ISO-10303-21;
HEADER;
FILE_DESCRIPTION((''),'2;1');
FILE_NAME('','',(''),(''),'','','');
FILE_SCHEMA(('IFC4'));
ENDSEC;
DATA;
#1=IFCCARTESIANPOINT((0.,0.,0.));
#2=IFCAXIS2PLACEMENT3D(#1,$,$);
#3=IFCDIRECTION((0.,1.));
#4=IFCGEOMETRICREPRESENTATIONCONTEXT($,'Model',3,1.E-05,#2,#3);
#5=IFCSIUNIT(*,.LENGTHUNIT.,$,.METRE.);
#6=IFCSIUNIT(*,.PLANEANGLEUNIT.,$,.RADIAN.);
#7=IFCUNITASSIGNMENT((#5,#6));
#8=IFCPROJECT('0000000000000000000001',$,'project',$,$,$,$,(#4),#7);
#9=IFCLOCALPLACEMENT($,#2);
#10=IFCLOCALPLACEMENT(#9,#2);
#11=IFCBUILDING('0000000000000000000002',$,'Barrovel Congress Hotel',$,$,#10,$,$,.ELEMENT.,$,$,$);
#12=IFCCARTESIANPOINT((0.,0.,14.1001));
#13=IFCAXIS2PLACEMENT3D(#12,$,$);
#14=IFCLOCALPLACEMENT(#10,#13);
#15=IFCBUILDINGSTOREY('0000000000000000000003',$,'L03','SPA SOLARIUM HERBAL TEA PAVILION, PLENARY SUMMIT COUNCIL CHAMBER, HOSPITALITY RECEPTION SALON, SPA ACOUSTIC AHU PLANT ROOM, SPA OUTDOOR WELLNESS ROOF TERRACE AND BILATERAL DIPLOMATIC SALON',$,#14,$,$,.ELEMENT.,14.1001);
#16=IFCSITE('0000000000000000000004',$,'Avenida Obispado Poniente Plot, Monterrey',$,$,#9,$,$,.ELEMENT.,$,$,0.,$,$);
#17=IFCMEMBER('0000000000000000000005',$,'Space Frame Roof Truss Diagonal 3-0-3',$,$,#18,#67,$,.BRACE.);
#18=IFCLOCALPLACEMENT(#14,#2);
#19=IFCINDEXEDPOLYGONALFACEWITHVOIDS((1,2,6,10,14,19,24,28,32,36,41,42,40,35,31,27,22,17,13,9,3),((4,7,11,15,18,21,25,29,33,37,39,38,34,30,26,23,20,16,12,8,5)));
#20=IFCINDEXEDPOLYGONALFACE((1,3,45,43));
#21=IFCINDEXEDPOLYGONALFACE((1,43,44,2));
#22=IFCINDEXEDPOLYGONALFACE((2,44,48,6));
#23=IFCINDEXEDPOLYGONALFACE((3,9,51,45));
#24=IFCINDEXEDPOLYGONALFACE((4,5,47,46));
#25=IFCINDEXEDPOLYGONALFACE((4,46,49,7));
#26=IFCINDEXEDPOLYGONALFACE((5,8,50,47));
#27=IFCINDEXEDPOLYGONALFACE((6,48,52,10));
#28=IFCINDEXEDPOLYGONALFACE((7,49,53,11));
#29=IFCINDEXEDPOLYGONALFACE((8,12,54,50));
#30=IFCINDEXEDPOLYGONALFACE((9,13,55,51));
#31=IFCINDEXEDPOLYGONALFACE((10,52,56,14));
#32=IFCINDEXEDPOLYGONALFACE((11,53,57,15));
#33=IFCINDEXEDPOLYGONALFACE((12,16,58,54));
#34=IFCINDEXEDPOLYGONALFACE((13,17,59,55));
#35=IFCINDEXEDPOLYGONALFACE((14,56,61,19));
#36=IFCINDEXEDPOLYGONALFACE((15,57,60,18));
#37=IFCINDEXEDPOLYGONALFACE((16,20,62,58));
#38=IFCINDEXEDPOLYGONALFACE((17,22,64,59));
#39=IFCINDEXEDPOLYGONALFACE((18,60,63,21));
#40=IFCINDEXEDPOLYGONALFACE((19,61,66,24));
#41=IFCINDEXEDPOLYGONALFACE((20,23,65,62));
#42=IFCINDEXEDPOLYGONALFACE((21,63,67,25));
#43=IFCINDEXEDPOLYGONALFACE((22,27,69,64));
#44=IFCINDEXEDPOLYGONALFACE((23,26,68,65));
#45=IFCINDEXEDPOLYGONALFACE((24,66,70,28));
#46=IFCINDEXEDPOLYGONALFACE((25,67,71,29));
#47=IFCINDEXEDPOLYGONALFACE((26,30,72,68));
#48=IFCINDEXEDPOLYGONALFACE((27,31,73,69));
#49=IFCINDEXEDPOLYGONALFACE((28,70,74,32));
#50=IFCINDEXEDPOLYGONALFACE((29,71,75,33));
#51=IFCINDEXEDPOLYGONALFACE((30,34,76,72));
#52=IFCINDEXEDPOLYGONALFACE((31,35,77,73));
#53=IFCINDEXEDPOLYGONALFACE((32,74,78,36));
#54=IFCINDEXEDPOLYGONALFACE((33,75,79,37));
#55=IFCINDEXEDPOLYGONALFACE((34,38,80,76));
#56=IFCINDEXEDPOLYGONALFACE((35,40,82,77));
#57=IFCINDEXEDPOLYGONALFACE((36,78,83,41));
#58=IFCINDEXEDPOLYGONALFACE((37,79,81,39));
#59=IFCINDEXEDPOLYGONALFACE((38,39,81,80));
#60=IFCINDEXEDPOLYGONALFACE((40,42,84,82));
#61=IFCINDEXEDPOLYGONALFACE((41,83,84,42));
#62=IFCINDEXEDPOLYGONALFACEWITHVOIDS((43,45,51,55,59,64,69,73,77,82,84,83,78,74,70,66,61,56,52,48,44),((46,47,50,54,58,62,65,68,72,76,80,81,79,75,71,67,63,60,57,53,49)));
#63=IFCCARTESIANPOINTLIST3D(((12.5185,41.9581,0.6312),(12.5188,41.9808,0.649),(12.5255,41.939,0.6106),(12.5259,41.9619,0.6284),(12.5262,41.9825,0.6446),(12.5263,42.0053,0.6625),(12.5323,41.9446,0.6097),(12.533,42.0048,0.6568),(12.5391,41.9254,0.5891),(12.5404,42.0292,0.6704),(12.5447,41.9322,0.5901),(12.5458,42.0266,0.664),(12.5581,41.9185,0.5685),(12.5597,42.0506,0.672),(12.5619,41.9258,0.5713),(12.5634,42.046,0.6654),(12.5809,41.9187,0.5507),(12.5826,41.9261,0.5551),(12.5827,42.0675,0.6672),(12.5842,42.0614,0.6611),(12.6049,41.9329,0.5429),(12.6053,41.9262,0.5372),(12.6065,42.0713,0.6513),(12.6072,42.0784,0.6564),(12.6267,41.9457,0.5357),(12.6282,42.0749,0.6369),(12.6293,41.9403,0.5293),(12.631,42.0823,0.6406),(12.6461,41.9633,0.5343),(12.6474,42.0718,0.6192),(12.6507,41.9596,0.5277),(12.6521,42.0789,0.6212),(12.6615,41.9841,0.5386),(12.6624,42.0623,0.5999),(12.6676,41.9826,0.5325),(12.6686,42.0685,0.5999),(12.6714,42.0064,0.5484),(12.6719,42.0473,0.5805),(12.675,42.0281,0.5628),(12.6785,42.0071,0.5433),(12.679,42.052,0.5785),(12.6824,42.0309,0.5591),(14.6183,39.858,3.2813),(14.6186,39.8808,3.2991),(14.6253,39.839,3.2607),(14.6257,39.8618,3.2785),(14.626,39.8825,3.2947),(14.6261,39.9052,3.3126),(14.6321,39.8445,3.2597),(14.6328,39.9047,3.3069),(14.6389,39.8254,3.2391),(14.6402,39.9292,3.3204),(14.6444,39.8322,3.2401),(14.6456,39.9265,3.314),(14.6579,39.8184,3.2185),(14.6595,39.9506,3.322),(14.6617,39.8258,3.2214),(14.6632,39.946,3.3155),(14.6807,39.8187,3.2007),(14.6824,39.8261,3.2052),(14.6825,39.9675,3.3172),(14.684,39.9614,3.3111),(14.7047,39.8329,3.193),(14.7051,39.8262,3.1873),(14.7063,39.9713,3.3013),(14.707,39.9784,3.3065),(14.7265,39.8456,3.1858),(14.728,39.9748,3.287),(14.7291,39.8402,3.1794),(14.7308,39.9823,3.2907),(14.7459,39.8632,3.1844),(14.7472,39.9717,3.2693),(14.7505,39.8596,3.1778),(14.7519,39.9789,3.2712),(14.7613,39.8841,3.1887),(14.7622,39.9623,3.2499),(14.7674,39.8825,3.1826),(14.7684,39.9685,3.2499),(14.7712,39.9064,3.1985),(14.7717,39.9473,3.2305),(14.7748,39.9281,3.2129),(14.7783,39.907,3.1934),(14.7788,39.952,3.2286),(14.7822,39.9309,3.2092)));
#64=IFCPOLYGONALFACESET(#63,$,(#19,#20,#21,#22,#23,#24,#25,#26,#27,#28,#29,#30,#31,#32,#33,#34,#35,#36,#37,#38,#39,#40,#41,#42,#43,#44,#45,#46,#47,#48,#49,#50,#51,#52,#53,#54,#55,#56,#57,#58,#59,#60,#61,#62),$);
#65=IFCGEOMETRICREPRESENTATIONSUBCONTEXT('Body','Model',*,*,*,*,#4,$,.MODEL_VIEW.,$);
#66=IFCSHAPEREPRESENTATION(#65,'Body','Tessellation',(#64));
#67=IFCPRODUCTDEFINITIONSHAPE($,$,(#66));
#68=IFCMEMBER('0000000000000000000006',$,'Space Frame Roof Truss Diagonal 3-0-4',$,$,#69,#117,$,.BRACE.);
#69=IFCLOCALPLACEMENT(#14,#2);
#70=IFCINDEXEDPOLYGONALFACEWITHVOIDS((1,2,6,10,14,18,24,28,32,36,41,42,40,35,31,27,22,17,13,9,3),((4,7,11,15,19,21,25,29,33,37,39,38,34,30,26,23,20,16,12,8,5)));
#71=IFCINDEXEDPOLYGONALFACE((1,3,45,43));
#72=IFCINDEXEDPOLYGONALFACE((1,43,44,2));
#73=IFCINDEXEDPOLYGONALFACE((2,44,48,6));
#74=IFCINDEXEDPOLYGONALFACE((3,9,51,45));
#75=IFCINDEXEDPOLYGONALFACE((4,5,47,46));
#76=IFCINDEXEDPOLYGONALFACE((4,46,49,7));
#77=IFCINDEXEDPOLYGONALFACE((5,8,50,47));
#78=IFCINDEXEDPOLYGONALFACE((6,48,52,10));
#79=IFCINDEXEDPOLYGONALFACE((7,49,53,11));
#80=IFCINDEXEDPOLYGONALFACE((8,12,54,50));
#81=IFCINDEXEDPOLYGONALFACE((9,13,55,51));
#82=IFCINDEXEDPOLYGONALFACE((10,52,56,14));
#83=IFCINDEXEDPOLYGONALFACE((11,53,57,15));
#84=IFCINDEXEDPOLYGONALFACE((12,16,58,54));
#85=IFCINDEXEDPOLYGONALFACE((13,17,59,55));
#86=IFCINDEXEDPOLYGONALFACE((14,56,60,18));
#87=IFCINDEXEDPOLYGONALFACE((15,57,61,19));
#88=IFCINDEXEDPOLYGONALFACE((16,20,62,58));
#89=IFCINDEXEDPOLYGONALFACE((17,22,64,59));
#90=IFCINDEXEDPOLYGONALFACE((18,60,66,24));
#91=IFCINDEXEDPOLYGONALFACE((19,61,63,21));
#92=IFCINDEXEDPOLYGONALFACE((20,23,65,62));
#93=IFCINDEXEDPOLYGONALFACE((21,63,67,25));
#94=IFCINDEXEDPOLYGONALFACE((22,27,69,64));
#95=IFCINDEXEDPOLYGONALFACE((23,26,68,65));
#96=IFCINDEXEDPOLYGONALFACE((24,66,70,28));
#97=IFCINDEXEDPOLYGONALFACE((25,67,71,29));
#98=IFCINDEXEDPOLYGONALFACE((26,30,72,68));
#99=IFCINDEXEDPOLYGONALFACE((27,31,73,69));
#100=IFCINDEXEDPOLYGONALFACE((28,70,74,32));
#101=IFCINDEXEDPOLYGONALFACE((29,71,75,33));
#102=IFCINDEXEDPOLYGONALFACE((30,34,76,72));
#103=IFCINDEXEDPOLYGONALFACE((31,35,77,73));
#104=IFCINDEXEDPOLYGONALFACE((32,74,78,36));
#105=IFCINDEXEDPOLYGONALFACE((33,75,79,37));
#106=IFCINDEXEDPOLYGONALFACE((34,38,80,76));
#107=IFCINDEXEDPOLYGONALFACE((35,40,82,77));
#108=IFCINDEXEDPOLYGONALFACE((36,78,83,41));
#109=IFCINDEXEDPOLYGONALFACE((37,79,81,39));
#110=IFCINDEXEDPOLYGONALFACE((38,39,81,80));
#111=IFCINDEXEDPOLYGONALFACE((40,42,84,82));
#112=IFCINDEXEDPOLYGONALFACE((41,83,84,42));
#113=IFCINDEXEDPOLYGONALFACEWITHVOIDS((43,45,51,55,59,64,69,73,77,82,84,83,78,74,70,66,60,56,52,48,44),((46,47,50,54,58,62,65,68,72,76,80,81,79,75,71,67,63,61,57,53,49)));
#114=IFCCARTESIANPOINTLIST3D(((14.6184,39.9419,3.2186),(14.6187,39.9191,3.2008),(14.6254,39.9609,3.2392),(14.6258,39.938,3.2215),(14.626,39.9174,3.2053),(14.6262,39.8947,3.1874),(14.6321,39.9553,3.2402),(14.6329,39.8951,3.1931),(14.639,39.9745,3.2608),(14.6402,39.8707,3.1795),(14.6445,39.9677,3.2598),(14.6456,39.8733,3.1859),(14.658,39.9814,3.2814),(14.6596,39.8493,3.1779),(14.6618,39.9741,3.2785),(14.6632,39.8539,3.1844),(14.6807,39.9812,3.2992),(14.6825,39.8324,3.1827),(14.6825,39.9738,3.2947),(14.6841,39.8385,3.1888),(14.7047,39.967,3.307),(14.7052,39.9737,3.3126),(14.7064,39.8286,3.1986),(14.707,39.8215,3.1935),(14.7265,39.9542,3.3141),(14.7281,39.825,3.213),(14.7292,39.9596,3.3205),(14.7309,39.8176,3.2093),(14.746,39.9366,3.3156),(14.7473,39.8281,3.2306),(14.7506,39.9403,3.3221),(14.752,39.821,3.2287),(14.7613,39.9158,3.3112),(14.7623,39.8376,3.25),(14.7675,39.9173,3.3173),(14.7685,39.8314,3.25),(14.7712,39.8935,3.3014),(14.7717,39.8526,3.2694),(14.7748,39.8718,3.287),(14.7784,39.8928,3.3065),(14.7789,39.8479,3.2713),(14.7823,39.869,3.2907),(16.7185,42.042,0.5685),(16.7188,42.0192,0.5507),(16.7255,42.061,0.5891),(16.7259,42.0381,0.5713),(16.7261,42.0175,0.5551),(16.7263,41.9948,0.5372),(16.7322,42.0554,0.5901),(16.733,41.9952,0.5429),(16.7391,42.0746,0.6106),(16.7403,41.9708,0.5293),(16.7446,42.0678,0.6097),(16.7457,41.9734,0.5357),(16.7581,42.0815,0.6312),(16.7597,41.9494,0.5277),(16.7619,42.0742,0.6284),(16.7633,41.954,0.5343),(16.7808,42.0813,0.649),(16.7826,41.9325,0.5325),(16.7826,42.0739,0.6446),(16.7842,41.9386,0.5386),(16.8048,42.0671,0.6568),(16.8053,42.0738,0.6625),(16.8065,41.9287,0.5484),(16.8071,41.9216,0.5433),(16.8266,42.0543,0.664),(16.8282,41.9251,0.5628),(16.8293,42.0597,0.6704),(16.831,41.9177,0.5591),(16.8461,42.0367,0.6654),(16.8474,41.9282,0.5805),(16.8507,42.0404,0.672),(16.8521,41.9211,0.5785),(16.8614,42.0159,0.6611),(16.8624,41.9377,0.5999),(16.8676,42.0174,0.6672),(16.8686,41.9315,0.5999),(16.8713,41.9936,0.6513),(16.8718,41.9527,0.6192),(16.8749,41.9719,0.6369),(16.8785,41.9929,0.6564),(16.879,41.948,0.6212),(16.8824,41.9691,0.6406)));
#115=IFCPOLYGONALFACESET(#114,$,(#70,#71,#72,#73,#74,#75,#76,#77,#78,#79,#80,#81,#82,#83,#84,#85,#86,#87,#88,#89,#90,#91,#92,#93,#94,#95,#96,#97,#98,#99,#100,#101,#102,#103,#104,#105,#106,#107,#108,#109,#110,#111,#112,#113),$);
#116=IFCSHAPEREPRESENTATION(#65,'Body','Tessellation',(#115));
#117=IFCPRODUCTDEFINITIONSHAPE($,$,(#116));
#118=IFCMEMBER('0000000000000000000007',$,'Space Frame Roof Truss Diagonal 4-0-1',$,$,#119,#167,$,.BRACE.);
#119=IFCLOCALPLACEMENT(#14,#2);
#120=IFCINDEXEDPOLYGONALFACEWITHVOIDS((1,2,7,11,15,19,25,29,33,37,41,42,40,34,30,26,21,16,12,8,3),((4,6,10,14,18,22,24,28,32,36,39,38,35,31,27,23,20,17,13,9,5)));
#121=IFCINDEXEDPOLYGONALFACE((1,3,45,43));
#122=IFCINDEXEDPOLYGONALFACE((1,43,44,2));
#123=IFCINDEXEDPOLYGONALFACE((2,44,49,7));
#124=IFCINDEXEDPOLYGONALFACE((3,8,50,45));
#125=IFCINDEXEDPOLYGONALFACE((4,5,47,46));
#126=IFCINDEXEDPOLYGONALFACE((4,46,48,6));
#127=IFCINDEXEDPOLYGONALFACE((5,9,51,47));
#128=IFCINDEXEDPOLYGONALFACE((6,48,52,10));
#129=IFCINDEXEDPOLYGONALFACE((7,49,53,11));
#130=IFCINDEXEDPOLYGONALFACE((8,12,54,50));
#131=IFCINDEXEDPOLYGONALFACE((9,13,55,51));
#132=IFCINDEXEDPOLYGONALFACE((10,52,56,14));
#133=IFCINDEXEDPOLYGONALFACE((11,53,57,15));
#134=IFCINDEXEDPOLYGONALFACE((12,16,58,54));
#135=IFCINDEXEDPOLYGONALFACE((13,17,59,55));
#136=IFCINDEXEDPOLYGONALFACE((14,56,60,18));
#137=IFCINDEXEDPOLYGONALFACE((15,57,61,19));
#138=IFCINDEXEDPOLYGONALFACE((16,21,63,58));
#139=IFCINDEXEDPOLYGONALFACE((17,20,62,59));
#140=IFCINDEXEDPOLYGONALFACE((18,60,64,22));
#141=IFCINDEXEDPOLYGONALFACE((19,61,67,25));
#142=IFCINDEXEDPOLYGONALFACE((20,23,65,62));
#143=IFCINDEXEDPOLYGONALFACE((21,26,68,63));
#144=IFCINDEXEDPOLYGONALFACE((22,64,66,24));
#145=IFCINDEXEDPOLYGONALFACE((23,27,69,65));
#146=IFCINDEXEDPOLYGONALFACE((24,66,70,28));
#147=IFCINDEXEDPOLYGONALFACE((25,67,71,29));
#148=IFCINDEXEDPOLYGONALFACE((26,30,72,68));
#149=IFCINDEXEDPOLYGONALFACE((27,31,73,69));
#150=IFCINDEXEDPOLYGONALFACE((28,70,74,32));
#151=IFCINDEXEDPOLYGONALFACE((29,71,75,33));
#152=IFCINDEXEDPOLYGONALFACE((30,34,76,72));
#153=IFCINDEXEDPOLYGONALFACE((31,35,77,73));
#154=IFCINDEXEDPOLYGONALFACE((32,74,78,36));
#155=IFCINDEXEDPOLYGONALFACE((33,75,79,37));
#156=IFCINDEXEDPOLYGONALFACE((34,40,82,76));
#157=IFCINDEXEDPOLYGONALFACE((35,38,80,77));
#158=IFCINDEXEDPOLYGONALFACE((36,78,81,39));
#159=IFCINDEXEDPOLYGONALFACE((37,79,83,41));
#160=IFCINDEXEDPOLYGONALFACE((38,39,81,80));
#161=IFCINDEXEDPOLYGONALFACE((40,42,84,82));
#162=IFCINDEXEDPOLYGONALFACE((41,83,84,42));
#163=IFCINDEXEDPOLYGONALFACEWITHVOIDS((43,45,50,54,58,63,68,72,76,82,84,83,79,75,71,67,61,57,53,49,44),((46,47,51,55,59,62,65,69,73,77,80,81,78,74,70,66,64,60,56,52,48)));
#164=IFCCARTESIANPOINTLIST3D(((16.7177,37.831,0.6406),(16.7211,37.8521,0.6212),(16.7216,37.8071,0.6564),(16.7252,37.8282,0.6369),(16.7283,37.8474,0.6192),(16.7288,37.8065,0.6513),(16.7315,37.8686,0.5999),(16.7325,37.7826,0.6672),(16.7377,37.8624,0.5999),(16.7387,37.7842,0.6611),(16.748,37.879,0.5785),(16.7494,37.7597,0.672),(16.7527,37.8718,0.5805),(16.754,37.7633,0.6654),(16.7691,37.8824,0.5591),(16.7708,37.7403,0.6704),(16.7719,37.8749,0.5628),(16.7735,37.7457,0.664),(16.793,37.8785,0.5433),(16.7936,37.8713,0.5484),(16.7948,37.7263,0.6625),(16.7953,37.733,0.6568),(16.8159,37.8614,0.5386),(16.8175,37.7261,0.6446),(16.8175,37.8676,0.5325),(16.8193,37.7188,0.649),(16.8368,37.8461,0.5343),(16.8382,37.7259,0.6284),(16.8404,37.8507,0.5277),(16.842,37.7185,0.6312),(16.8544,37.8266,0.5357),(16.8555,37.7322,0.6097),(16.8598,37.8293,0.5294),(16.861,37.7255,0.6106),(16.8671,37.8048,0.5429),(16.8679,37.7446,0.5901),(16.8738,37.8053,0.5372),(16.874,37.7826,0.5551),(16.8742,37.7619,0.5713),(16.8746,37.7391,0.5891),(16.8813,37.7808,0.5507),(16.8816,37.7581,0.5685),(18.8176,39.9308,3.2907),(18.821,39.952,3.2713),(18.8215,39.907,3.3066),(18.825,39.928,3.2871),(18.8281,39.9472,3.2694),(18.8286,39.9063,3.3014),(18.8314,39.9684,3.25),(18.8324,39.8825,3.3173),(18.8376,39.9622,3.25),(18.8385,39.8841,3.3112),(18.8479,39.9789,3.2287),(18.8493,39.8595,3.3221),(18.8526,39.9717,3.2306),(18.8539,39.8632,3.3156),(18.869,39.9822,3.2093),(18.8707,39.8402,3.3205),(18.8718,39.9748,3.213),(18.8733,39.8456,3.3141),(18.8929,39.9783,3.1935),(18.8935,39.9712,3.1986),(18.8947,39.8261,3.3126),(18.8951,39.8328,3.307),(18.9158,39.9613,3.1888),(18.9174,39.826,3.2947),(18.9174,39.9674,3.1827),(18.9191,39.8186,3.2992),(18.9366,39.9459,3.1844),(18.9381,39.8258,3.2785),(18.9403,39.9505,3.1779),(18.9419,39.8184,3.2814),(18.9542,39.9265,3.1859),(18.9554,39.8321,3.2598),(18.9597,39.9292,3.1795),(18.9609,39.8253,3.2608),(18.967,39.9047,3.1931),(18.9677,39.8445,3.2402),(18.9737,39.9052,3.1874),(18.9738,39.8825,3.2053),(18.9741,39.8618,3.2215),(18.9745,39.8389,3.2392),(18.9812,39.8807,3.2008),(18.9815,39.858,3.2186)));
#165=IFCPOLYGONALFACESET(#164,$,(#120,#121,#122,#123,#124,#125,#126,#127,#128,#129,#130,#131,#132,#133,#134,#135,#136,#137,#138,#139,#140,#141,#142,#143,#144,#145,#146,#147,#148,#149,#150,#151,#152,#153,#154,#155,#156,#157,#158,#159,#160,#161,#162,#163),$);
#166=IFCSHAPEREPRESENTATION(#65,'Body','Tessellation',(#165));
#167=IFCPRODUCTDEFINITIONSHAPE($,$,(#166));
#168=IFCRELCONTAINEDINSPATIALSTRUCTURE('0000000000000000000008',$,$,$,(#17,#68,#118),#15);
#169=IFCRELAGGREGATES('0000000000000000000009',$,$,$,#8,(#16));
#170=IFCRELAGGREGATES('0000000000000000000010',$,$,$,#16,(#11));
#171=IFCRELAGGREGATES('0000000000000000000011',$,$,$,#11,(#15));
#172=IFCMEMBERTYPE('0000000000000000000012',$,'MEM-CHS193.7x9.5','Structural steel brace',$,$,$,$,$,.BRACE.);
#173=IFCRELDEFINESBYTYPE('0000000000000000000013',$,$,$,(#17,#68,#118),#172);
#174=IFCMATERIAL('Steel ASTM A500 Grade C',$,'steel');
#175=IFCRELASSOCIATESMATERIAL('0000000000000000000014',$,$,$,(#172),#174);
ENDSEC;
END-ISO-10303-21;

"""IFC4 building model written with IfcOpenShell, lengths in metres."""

from ifc_helpers import new_model, si_unit, direction, frame, origin, origin_2d, place, context, subcontext, project, spatial, hollow_circle, extrude, material, material_profile, profile_set, type_object, element, save


model = new_model("IFC4")

# Units and contexts
model_context = context("Model", 3, precision=1e-05, world=origin(), true_north=direction((0.0, 1.0)))
body_context = subcontext(model_context, "Body", "Model", "MODEL_VIEW")
ifc_project = project(units=[si_unit("LENGTHUNIT", "METRE"), si_unit("PLANEANGLEUNIT", "RADIAN")], contexts=[model_context])

# Site, building, storey
site_placement = place(None, origin())
site = spatial("IfcSite", under=ifc_project, at=site_placement, Name="Avenida Obispado Poniente Plot, Monterrey", CompositionType="ELEMENT", RefElevation=0.0)
building_placement = place(site_placement, origin())
building = spatial("IfcBuilding", under=site, at=building_placement, Name="Barrovel Congress Hotel", CompositionType="ELEMENT")
storey_placement = place(building_placement, frame((0.0, 0.0, 14.1001)))
storey = spatial("IfcBuildingStorey", under=building, at=storey_placement, Name="L03", Description="SPA SOLARIUM HERBAL TEA PAVILION, PLENARY SUMMIT COUNCIL CHAMBER, HOSPITALITY RECEPTION SALON, SPA ACOUSTIC AHU PLANT ROOM, SPA OUTDOOR WELLNESS ROOF TERRACE AND BILATERAL DIPLOMATIC SALON", CompositionType="ELEMENT", Elevation=14.1001)

# Members
ifc_material_1 = material(Name="Steel ASTM A500 Grade C", Category="steel")
ifc_material_profile_1 = material_profile(ifc_material_1, hollow_circle(Radius=0.0969, WallThickness=0.0088, at=origin_2d()), Name="CHS193.7x9.5")
ifc_profile_set_1 = profile_set([ifc_material_profile_1], Name="Steel ASTM A500 Grade C")
member_type_1 = type_object("IfcMemberType", Name="MEM-CHS193.7x9.5", Description="Structural steel brace", PredefinedType="BRACE", material=ifc_profile_set_1)
for number, where, z_axis, x_axis, name in (
    (1, (12.6001, 42.0, 0.5999), (0.527557, -0.527618, 0.66581), (0.707148, 0.707066, 0.0), "Space Frame Roof Truss Diagonal 3-0-3"),
):
    element("IfcMember", number, at=place(storey_placement, frame(where, z_axis=z_axis, x_axis=x_axis)), inside=storey, type_object=member_type_1, Name=name, PredefinedType="BRACE", context=body_context, shape_type="SweptSolid", body=[
        extrude(hollow_circle(Radius=0.0969, WallThickness=0.0088, at=origin_2d()), origin(), (0.0, 0.0, 1.0), 3.9802),
    ])
member_1_placement = place(storey_placement, frame((16.8, 42.0, 0.5999), z_axis=(-0.527601, -0.527601, 0.665788), x_axis=(0.707107, -0.707107, 0.0)))
element("IfcMember", 2, at=member_1_placement, inside=storey, type_object=member_type_1, Name="Space Frame Roof Truss Diagonal 3-0-4", PredefinedType="BRACE", context=body_context, shape_type="SweptSolid", body=[
    extrude(hollow_circle(Radius=0.0969, WallThickness=0.0088, at=origin_2d()), origin(), (0.0, 0.0, 1.0), 3.9805),
])
for number, where, z_axis, x_axis, name in (
    (3, (16.8, 37.8, 0.5999), (0.527574, 0.527574, 0.665831), (-0.707107, 0.707107, 0.0), "Space Frame Roof Truss Diagonal 4-0-1"),
):
    element("IfcMember", number, at=place(storey_placement, frame(where, z_axis=z_axis, x_axis=x_axis)), inside=storey, type_object=member_type_1, Name=name, PredefinedType="BRACE", context=body_context, shape_type="SweptSolid", body=[
        extrude(hollow_circle(Radius=0.0969, WallThickness=0.0088, at=origin_2d()), origin(), (0.0, 0.0, 1.0), 3.9802),
    ])

save(model, "model.ifc")
